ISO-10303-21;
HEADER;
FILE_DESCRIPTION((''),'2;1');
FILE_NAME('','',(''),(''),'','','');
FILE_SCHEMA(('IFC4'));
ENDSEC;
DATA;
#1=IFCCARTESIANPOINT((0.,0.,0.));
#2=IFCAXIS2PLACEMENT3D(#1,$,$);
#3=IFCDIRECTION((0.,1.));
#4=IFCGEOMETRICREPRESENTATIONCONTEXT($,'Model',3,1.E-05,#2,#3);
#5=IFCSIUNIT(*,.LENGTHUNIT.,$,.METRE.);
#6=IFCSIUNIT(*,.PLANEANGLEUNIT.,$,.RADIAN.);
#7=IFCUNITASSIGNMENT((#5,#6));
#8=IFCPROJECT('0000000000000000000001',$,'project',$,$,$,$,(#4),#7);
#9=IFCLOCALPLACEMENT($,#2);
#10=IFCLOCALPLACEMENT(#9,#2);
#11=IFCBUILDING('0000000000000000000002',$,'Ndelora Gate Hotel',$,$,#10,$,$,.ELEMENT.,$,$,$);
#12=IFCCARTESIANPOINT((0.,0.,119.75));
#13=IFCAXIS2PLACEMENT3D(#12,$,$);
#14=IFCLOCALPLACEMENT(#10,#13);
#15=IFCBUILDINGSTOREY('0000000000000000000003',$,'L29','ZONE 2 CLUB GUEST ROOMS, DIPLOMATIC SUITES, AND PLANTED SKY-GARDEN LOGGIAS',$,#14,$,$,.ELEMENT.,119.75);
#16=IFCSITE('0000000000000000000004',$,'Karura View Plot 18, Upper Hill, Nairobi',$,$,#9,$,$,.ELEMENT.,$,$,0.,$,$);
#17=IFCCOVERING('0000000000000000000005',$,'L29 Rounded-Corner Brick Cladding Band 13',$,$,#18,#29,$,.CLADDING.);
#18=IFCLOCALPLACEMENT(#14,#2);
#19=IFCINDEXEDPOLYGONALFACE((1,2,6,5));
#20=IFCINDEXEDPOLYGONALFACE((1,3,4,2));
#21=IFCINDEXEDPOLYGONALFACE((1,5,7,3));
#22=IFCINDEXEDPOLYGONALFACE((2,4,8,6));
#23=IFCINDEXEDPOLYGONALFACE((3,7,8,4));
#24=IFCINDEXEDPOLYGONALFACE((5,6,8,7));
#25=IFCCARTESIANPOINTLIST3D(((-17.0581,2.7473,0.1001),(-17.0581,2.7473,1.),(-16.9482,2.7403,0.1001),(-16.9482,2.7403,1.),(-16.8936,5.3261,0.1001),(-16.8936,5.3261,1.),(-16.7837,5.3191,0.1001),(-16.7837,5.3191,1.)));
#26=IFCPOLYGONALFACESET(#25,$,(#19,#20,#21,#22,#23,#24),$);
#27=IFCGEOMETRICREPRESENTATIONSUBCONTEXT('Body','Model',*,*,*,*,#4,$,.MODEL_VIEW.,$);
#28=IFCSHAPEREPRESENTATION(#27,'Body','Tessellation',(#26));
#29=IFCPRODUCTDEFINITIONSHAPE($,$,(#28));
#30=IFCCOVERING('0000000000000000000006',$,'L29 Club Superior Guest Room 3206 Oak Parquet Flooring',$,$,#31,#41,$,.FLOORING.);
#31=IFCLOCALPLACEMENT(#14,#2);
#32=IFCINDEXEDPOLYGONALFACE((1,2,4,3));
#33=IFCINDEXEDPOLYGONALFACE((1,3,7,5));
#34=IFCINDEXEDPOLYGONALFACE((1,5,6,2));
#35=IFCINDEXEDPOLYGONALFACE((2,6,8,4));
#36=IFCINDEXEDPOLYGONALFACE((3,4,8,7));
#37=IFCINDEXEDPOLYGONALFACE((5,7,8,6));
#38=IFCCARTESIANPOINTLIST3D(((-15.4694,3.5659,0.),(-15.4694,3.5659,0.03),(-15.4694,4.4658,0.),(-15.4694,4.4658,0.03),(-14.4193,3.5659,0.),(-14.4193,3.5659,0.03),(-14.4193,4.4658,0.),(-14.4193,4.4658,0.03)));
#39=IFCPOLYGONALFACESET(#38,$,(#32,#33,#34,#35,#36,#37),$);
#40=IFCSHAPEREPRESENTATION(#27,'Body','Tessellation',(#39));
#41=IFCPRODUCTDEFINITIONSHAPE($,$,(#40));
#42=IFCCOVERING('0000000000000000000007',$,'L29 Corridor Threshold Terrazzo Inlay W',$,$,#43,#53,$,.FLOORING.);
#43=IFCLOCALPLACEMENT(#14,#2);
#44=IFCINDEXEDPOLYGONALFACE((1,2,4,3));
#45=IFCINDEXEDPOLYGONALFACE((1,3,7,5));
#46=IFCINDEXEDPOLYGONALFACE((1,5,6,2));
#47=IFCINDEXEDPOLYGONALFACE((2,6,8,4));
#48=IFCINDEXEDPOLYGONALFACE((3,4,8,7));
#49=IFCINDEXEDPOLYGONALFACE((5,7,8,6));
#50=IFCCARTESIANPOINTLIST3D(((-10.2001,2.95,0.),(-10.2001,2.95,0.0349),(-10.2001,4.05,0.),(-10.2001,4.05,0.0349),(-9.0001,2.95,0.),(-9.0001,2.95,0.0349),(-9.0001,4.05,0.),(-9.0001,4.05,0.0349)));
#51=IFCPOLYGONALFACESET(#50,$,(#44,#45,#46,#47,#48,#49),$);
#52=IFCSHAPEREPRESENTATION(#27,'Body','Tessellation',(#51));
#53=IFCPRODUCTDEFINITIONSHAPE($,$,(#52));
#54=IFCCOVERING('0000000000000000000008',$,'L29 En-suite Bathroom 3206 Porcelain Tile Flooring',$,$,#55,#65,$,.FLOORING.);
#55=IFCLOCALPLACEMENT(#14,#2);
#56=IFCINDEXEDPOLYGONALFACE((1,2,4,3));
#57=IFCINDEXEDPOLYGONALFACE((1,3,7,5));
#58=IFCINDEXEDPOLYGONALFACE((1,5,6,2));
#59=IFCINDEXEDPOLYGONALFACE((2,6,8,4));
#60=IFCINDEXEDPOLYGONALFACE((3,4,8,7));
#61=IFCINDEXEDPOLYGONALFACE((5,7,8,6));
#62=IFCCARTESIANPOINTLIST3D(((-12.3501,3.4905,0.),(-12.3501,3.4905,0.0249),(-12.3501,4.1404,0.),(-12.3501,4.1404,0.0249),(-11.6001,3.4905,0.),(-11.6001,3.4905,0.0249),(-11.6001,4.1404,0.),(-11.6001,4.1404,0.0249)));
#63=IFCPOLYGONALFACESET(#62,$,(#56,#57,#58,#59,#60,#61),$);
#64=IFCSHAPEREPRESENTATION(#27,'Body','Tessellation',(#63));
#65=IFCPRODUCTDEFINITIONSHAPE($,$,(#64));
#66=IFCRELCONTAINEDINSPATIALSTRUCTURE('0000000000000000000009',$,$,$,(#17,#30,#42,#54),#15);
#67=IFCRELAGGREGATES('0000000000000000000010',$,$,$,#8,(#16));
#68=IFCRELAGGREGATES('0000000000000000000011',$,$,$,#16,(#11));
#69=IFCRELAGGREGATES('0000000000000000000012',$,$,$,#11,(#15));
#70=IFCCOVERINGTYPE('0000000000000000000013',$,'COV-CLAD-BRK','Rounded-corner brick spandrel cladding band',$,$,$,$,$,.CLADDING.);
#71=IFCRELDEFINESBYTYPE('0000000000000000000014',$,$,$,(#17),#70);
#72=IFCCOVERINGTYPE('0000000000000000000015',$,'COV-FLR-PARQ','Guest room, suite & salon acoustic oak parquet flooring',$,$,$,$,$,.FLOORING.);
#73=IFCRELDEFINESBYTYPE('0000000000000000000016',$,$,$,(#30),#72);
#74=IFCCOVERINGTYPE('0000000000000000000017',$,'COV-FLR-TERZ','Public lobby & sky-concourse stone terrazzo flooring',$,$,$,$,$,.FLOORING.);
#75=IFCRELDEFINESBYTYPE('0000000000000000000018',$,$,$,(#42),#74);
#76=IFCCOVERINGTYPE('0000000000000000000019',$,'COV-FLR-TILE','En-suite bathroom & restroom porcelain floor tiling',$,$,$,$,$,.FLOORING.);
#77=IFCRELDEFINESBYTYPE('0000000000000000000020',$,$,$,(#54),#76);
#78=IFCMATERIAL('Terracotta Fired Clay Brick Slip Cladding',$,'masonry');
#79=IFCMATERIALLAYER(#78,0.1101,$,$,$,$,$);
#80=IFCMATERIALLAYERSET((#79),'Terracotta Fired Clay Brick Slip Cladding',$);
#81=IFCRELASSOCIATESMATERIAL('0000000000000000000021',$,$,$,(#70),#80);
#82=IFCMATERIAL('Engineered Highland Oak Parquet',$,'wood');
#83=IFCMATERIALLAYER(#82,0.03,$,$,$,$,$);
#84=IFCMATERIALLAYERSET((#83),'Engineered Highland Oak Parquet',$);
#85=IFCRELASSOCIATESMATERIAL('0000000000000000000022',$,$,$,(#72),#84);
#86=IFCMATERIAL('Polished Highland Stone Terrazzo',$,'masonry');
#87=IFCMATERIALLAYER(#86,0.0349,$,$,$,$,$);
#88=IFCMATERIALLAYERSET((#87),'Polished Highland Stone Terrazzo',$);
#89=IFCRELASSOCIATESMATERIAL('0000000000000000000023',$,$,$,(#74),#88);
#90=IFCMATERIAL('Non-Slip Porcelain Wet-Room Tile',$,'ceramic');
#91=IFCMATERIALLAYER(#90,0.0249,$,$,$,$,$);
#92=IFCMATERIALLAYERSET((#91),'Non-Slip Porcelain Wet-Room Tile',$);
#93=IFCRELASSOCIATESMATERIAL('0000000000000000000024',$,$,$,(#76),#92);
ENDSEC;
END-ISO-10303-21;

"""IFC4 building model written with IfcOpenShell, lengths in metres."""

from ifc_helpers import new_model, si_unit, direction, frame, origin, origin_2d, place, context, subcontext, project, spatial, rectangle, extrude, material, layer, layer_set, type_object, element, save


model = new_model("IFC4")

# Units and contexts
model_context = context("Model", 3, precision=1e-05, world=origin(), true_north=direction((0.0, 1.0)))
body_context = subcontext(model_context, "Body", "Model", "MODEL_VIEW")
ifc_project = project(units=[si_unit("LENGTHUNIT", "METRE"), si_unit("PLANEANGLEUNIT", "RADIAN")], contexts=[model_context])

# Site, building, storey
site_placement = place(None, origin())
site = spatial("IfcSite", under=ifc_project, at=site_placement, Name="Karura View Plot 18, Upper Hill, Nairobi", CompositionType="ELEMENT", RefElevation=0.0)
building_placement = place(site_placement, origin())
building = spatial("IfcBuilding", under=site, at=building_placement, Name="Ndelora Gate Hotel", CompositionType="ELEMENT")
storey_placement = place(building_placement, frame((0.0, 0.0, 119.75)))
storey = spatial("IfcBuildingStorey", under=building, at=storey_placement, Name="L29", Description="ZONE 2 CLUB GUEST ROOMS, DIPLOMATIC SUITES, AND PLANTED SKY-GARDEN LOGGIAS", CompositionType="ELEMENT", Elevation=119.75)

# Coverings
ifc_material_1 = material(Name="Terracotta Fired Clay Brick Slip Cladding", Category="masonry")
ifc_layer_1 = layer(ifc_material_1, 0.1101)
ifc_layer_set_1 = layer_set([ifc_layer_1], Name="Terracotta Fired Clay Brick Slip Cladding")
covering_type_1 = type_object("IfcCoveringType", Name="COV-CLAD-BRK", Description="Rounded-corner brick spandrel cladding band", PredefinedType="CLADDING", material=ifc_layer_set_1)
covering_1_placement = place(storey_placement, frame((-16.9209, 4.0332, 0.1001), z_axis=(0.0, 0.0, 1.0), x_axis=(0.063661, 0.997972, 0.0)))
element("IfcCovering", 1, at=covering_1_placement, inside=storey, type_object=covering_type_1, Name="L29 Rounded-Corner Brick Cladding Band 13", PredefinedType="CLADDING", context=body_context, shape_type="SweptSolid", body=[
    extrude(rectangle(XDim=2.584, YDim=0.1101, at=origin_2d()), origin(), (0.0, 0.0, 1.0), 0.8999),
])
ifc_material_2 = material(Name="Engineered Highland Oak Parquet", Category="wood")
ifc_layer_2 = layer(ifc_material_2, 0.03)
ifc_layer_set_2 = layer_set([ifc_layer_2], Name="Engineered Highland Oak Parquet")
covering_type_2 = type_object("IfcCoveringType", Name="COV-FLR-PARQ", Description="Guest room, suite & salon acoustic oak parquet flooring", PredefinedType="FLOORING", material=ifc_layer_set_2)
covering_2_placement = place(storey_placement, frame((-14.9443, 4.0159, 0.0), z_axis=(0.0, 0.0, 1.0), x_axis=(1.0, 0.0, 0.0)))
element("IfcCovering", 2, at=covering_2_placement, inside=storey, type_object=covering_type_2, Name="L29 Club Superior Guest Room 3206 Oak Parquet Flooring", PredefinedType="FLOORING", context=body_context, shape_type="SweptSolid", body=[
    extrude(rectangle(XDim=1.05, YDim=0.8999, at=origin_2d()), origin(), (0.0, 0.0, 1.0), 0.03),
])
ifc_material_3 = material(Name="Polished Highland Stone Terrazzo", Category="masonry")
ifc_layer_3 = layer(ifc_material_3, 0.0349)
ifc_layer_set_3 = layer_set([ifc_layer_3], Name="Polished Highland Stone Terrazzo")
covering_type_3 = type_object("IfcCoveringType", Name="COV-FLR-TERZ", Description="Public lobby & sky-concourse stone terrazzo flooring", PredefinedType="FLOORING", material=ifc_layer_set_3)
covering_3_placement = place(storey_placement, frame((-9.6001, 3.5, 0.0), z_axis=(0.0, 0.0, 1.0), x_axis=(1.0, 0.0, 0.0)))
element("IfcCovering", 3, at=covering_3_placement, inside=storey, type_object=covering_type_3, Name="L29 Corridor Threshold Terrazzo Inlay W", PredefinedType="FLOORING", context=body_context, shape_type="SweptSolid", body=[
    extrude(rectangle(XDim=1.2, YDim=1.1001, at=origin_2d()), origin(), (0.0, 0.0, 1.0), 0.0349),
])
ifc_material_4 = material(Name="Non-Slip Porcelain Wet-Room Tile", Category="ceramic")
ifc_layer_4 = layer(ifc_material_4, 0.0249)
ifc_layer_set_4 = layer_set([ifc_layer_4], Name="Non-Slip Porcelain Wet-Room Tile")
covering_type_4 = type_object("IfcCoveringType", Name="COV-FLR-TILE", Description="En-suite bathroom & restroom porcelain floor tiling", PredefinedType="FLOORING", material=ifc_layer_set_4)
covering_4_placement = place(storey_placement, frame((-11.9751, 3.8154, 0.0), z_axis=(0.0, 0.0, 1.0), x_axis=(1.0, 0.0, 0.0)))
element("IfcCovering", 4, at=covering_4_placement, inside=storey, type_object=covering_type_4, Name="L29 En-suite Bathroom 3206 Porcelain Tile Flooring", PredefinedType="FLOORING", context=body_context, shape_type="SweptSolid", body=[
    extrude(rectangle(XDim=0.75, YDim=0.6499, at=origin_2d()), origin(), (0.0, 0.0, 1.0), 0.0249),
])

save(model, "model.ifc")
